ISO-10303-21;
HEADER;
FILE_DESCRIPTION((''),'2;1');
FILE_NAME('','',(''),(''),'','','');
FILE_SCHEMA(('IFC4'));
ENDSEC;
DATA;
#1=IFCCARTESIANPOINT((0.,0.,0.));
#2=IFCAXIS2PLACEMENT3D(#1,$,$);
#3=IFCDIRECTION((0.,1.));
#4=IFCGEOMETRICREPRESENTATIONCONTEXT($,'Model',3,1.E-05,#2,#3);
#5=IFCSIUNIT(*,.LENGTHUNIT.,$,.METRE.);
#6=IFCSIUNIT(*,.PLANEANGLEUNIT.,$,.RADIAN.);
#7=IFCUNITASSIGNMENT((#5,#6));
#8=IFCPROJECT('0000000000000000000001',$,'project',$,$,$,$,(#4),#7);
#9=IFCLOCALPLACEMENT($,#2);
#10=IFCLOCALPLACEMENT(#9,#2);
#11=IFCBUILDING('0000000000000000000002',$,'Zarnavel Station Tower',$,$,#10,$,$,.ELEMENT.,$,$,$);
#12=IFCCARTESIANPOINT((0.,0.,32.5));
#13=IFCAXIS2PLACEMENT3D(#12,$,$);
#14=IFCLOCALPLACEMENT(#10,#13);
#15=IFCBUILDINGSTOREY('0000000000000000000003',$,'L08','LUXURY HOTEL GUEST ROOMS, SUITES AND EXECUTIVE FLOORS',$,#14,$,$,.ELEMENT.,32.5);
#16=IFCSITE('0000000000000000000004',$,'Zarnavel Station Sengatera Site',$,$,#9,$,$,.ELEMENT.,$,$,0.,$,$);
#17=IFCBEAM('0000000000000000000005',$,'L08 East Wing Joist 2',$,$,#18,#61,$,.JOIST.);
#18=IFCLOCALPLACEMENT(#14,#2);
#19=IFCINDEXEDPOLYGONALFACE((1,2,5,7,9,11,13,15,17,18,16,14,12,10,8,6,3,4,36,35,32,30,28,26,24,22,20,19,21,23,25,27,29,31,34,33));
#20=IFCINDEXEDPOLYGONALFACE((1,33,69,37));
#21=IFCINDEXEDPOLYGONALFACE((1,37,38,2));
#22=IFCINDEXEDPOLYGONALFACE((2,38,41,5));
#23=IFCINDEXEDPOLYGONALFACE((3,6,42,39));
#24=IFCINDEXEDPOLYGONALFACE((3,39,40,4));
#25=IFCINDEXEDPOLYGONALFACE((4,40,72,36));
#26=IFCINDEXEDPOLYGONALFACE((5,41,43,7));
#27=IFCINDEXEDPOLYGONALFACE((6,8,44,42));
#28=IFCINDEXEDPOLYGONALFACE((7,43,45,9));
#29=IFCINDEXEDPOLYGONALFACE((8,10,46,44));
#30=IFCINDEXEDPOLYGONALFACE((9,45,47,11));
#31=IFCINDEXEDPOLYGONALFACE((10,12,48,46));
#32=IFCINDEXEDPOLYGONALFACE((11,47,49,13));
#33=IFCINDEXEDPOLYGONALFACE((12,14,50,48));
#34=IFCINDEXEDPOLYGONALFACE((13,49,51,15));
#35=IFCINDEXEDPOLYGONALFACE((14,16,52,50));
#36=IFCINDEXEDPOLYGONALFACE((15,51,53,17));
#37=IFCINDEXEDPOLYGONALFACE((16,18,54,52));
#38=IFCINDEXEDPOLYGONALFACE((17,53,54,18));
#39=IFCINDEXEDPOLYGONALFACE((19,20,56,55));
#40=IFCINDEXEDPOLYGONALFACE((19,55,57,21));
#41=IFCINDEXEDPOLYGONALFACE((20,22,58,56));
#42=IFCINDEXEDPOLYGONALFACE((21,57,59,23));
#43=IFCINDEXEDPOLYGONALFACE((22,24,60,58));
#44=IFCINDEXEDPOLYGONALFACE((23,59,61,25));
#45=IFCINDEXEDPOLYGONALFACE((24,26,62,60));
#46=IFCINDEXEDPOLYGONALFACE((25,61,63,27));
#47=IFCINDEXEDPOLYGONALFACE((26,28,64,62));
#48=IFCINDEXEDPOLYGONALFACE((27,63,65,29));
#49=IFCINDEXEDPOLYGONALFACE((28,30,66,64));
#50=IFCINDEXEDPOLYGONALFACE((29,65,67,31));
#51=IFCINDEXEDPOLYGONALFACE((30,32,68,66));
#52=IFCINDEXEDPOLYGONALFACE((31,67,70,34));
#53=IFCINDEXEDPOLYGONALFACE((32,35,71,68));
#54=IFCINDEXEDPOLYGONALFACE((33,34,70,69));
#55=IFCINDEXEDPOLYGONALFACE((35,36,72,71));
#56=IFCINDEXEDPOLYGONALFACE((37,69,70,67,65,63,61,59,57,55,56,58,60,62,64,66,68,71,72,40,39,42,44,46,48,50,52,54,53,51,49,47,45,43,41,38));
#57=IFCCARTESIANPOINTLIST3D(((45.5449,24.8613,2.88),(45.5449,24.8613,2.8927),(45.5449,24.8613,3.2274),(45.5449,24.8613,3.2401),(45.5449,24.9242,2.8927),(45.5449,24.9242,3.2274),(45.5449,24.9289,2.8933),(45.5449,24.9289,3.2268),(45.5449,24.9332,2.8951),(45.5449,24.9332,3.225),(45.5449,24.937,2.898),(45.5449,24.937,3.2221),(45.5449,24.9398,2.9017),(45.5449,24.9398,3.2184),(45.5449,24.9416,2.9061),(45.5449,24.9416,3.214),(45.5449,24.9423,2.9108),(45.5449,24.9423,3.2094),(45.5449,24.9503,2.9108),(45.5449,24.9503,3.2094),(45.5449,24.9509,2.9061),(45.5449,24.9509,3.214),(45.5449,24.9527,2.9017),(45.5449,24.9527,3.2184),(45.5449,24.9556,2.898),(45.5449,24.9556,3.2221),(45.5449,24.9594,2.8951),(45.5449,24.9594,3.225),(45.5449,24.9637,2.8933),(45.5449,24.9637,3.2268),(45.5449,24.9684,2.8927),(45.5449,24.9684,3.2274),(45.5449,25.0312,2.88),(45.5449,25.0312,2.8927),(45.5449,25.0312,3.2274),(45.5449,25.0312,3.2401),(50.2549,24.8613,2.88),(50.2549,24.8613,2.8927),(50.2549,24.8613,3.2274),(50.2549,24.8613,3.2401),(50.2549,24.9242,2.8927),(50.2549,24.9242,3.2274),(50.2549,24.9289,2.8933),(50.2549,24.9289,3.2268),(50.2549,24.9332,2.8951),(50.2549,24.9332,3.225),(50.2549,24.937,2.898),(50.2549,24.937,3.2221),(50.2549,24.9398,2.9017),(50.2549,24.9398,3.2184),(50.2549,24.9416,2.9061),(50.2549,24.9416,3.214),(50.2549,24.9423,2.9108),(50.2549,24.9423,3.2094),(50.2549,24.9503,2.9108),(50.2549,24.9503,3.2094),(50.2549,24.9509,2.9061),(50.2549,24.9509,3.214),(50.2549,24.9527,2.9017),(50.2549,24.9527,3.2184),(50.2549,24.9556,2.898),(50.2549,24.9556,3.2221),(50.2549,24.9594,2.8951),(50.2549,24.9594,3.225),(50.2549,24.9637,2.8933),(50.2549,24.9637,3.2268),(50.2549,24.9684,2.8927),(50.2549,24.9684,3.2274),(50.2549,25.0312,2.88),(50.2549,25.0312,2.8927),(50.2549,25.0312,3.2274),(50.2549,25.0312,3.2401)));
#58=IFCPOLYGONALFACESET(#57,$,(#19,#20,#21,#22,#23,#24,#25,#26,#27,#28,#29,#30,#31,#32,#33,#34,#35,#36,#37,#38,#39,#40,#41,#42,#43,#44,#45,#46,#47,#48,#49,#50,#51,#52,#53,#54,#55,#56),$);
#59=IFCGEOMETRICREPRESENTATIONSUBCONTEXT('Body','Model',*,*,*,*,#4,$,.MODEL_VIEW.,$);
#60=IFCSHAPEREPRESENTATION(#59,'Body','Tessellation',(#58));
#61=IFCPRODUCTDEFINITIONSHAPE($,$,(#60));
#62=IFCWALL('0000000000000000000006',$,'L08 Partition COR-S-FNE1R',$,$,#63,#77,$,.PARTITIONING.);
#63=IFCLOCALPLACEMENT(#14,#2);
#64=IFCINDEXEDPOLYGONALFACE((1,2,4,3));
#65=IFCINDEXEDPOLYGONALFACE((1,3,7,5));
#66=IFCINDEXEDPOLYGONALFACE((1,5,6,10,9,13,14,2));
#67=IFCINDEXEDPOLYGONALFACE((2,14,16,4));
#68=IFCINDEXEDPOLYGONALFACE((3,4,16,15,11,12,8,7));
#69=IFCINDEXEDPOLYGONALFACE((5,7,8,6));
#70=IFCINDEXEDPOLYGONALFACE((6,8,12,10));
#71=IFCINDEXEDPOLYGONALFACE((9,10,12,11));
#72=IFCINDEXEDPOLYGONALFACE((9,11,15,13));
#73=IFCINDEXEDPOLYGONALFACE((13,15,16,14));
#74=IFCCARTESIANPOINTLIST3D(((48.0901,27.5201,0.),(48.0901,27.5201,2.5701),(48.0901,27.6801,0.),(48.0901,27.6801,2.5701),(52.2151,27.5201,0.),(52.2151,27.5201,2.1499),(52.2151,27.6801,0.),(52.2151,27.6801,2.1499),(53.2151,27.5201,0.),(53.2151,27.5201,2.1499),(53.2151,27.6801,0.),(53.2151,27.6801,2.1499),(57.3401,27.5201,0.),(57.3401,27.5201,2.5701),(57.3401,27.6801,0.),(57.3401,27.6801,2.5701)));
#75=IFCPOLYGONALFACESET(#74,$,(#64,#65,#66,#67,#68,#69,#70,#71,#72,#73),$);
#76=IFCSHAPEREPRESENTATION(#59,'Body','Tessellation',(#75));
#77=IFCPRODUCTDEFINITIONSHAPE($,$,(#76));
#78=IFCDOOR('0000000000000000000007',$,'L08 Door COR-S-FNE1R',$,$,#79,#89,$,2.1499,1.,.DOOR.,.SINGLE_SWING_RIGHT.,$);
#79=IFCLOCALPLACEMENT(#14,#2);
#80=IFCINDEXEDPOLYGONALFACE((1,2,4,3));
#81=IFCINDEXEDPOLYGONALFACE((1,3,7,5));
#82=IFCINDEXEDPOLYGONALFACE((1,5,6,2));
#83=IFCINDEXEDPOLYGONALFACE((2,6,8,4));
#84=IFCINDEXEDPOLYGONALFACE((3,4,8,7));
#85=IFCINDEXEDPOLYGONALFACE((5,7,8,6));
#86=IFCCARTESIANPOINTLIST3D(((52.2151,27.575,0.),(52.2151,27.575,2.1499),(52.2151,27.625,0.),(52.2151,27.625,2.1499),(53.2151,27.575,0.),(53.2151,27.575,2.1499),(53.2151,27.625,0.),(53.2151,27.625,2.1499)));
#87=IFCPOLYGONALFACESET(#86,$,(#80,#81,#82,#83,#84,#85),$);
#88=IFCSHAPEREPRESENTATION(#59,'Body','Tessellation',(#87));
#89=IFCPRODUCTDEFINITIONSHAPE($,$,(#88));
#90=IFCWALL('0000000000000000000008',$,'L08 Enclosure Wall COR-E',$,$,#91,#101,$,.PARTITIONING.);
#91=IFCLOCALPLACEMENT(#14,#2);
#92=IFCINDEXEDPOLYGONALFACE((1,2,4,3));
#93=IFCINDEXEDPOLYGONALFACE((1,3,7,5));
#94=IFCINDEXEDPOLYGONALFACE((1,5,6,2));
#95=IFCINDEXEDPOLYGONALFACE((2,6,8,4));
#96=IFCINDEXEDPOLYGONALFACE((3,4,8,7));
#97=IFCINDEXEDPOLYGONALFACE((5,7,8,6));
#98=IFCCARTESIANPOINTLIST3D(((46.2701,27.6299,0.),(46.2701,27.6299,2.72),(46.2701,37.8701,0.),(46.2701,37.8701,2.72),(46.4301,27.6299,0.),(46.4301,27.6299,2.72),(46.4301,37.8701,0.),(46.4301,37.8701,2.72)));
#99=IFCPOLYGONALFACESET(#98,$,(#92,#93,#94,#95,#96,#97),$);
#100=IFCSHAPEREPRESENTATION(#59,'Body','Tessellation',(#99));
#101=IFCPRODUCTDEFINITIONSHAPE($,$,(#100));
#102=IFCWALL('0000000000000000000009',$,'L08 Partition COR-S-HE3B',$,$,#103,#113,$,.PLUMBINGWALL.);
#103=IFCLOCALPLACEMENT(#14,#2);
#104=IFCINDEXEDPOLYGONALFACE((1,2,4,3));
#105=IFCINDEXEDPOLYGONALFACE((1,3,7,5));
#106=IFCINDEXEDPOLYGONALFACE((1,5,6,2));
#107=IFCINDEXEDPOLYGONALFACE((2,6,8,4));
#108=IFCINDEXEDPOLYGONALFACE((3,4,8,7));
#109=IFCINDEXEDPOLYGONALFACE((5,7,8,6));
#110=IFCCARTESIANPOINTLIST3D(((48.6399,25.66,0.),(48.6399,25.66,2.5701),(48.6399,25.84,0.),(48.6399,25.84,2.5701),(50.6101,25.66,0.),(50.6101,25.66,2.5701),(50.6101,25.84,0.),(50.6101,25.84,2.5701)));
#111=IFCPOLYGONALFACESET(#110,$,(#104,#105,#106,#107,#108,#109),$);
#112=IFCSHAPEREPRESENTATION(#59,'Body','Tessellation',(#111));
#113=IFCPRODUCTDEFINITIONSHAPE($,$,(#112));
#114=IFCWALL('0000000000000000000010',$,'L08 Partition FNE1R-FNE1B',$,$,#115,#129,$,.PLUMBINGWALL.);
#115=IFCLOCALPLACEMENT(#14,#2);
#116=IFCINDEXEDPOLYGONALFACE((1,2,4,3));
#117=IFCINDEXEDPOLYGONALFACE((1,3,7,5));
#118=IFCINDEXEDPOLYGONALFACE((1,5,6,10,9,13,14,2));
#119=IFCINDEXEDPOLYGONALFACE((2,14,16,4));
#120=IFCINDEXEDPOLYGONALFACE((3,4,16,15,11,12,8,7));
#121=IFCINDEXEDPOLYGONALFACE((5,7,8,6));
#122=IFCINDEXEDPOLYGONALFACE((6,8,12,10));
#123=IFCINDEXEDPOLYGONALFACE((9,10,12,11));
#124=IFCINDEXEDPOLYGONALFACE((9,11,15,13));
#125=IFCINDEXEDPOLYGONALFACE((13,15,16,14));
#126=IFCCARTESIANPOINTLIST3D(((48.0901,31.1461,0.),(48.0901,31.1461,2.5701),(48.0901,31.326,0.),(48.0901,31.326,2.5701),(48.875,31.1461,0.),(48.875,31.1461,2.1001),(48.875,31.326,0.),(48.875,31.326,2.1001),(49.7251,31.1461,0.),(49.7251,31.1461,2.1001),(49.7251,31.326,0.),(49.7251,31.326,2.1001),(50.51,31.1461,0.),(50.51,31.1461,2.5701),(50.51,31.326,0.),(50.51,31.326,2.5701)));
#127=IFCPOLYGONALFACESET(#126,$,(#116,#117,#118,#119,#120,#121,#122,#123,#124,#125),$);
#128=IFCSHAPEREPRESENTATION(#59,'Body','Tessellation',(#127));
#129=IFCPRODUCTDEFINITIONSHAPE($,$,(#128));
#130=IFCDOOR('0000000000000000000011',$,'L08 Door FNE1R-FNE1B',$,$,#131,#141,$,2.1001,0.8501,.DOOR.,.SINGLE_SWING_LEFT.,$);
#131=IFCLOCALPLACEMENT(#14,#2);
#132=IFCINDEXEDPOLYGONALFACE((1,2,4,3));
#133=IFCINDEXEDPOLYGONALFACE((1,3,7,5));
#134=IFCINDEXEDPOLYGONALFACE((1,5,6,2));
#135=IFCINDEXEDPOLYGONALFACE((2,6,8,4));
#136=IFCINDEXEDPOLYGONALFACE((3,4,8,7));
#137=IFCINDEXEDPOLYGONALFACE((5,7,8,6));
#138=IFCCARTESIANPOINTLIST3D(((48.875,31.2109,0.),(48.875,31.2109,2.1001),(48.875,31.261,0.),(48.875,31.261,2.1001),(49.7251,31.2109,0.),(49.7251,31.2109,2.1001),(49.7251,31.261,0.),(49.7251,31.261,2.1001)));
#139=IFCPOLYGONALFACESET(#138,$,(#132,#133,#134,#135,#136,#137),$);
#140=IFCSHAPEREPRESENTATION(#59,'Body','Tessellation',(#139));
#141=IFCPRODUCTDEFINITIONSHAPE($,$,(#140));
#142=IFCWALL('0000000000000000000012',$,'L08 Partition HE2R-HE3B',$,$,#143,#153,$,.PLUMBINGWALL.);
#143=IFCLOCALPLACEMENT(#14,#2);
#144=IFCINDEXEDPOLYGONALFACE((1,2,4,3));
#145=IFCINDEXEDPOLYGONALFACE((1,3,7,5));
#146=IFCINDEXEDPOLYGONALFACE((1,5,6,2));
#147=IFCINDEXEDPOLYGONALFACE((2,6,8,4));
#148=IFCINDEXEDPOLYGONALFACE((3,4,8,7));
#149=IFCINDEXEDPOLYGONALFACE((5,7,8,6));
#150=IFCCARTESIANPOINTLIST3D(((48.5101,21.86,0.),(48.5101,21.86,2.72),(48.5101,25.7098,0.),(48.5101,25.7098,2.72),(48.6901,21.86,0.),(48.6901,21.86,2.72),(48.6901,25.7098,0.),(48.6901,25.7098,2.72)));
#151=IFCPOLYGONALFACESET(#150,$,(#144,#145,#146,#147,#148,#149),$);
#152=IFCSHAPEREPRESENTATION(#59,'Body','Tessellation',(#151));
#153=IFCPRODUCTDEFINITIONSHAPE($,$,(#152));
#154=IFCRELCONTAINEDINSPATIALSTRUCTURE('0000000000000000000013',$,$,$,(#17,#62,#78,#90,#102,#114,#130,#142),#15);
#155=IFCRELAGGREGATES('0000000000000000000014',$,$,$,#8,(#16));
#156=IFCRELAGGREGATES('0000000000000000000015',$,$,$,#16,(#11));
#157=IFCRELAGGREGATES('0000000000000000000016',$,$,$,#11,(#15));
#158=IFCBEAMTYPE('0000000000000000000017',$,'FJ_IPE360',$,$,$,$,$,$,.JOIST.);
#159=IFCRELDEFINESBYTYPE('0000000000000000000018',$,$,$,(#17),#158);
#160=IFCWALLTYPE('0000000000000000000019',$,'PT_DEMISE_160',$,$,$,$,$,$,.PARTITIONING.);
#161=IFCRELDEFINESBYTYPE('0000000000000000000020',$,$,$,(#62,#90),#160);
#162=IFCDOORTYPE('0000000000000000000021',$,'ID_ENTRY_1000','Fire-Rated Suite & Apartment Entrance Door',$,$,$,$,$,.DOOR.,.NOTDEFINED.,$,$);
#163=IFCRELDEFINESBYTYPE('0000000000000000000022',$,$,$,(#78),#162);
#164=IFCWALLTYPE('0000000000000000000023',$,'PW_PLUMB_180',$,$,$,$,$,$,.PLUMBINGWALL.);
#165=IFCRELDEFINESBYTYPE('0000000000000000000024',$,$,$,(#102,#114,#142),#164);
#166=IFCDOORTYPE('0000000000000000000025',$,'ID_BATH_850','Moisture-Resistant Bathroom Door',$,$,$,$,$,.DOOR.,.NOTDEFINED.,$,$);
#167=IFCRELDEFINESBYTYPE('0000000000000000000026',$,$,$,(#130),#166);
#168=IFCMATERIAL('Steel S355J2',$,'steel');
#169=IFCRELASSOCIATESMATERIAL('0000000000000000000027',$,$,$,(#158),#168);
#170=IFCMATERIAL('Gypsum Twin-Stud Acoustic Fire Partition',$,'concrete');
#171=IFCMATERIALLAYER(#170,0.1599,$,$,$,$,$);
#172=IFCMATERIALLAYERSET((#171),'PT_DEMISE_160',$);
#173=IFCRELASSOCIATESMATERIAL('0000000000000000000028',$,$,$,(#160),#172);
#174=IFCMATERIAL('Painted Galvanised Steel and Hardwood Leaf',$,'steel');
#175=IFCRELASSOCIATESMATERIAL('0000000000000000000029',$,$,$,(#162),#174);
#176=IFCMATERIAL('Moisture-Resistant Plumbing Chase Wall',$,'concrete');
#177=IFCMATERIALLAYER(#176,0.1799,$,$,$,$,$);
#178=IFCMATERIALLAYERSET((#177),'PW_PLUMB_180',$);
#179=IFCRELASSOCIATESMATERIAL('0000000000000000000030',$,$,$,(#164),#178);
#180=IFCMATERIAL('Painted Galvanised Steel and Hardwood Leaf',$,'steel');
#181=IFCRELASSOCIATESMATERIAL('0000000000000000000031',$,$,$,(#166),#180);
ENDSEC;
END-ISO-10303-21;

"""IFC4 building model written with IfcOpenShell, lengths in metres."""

from ifc_helpers import new_model, si_unit, direction, frame, frame_2d, origin, origin_2d, place, context, subcontext, project, spatial, rectangle, i_section, extrude, material, layer, layer_set, material_profile, profile_set, type_object, element, fill, save


model = new_model("IFC4")

# Units and contexts
model_context = context("Model", 3, precision=1e-05, world=origin(), true_north=direction((0.0, 1.0)))
body_context = subcontext(model_context, "Body", "Model", "MODEL_VIEW")
ifc_project = project(units=[si_unit("LENGTHUNIT", "METRE"), si_unit("PLANEANGLEUNIT", "RADIAN")], contexts=[model_context])

# Site, building, storey
site_placement = place(None, origin())
site = spatial("IfcSite", under=ifc_project, at=site_placement, Name="Zarnavel Station Sengatera Site", CompositionType="ELEMENT", RefElevation=0.0)
building_placement = place(site_placement, origin())
building = spatial("IfcBuilding", under=site, at=building_placement, Name="Zarnavel Station Tower", CompositionType="ELEMENT")
storey_placement = place(building_placement, frame((0.0, 0.0, 32.5)))
storey = spatial("IfcBuildingStorey", under=building, at=storey_placement, Name="L08", Description="LUXURY HOTEL GUEST ROOMS, SUITES AND EXECUTIVE FLOORS", CompositionType="ELEMENT", Elevation=32.5)

# Beam
ifc_material_1 = material(Name="Steel S355J2", Category="steel")
ifc_material_profile_1 = material_profile(ifc_material_1, i_section(OverallWidth=0.1699, OverallDepth=0.3601, WebThickness=0.0081, FlangeThickness=0.0127, FilletRadius=0.0181, at=origin_2d()), Name="IPE360")
ifc_profile_set_1 = profile_set([ifc_material_profile_1], Name="Steel S355J2")
beam_type_1 = type_object("IfcBeamType", Name="FJ_IPE360", PredefinedType="JOIST", material=ifc_profile_set_1)
beam_1_placement = place(storey_placement, frame((45.5449, 24.9463, 3.0601), z_axis=(1.0, 0.0, 0.0), x_axis=(0.0, 1.0, 0.0)))
element("IfcBeam", 1, at=beam_1_placement, inside=storey, type_object=beam_type_1, Name="L08 East Wing Joist 2", PredefinedType="JOIST", context=body_context, shape_type="SweptSolid", body=[
    extrude(i_section(OverallWidth=0.1699, OverallDepth=0.3601, WebThickness=0.0081, FlangeThickness=0.0127, FilletRadius=0.0181, at=origin_2d()), origin(), (0.0, 0.0, 1.0), 4.71),
])

# Wall, opening, door
ifc_material_2 = material(Name="Gypsum Twin-Stud Acoustic Fire Partition", Category="concrete")
ifc_layer_1 = layer(ifc_material_2, 0.1599)
ifc_layer_set_1 = layer_set([ifc_layer_1], Name="PT_DEMISE_160")
wall_type_1 = type_object("IfcWallType", Name="PT_DEMISE_160", PredefinedType="PARTITIONING", material=ifc_layer_set_1)
wall_1_placement = place(storey_placement, frame((48.0901, 27.6001, 0.0), z_axis=(0.0, 0.0, 1.0), x_axis=(1.0, 0.0, 0.0)))
wall_1 = element("IfcWall", 2, at=wall_1_placement, inside=storey, type_object=wall_type_1, Name="L08 Partition COR-S-FNE1R", PredefinedType="PARTITIONING", context=body_context, shape_type="SweptSolid", body=[
    extrude(rectangle(XDim=9.25, YDim=0.1599, at=frame_2d((4.625, 0.0))), origin(), (0.0, 0.0, 1.0), 2.5701),
])
opening_1_placement = place(wall_1_placement, frame((4.125, 0.0, 0.0)))
opening_1 = element("IfcOpeningElement", 3, at=opening_1_placement, cuts=wall_1, PredefinedType="OPENING", context=body_context, shape_type="SweptSolid", body=[
    extrude(rectangle(XDim=1.0, YDim=2.1499, at=frame_2d((0.5, 1.075))), frame((0.0, 0.0898, 0.0), z_axis=(0.0, -1.0, 0.0), x_axis=(1.0, 0.0, 0.0)), (0.0, 0.0, 1.0), 0.1799),
])
ifc_material_3 = material(Name="Painted Galvanised Steel and Hardwood Leaf", Category="steel")
door_type_1 = type_object("IfcDoorType", Name="ID_ENTRY_1000", Description="Fire-Rated Suite & Apartment Entrance Door", OperationType="NOTDEFINED", PredefinedType="DOOR", material=ifc_material_3)
door_1_placement = place(opening_1_placement, origin())
door_1 = element("IfcDoor", 4, at=door_1_placement, inside=storey, type_object=door_type_1, Name="L08 Door COR-S-FNE1R", OperationType="SINGLE_SWING_RIGHT", OverallHeight=2.1499, OverallWidth=1.0, PredefinedType="DOOR", context=body_context, shape_type="SweptSolid", body=[
    extrude(rectangle(XDim=1.0, YDim=2.1499, at=frame_2d((0.5, 1.075))), frame((0.0, 0.0249, 0.0), z_axis=(0.0, -1.0, 0.0), x_axis=(1.0, 0.0, 0.0)), (0.0, 0.0, 1.0), 0.05),
])
fill(opening_1, door_1)

# Walls
wall_2_placement = place(storey_placement, frame((46.3501, 27.6299, 0.0), z_axis=(0.0, 0.0, 1.0), x_axis=(0.0, 1.0, 0.0)))
element("IfcWall", 5, at=wall_2_placement, inside=storey, type_object=wall_type_1, Name="L08 Enclosure Wall COR-E", PredefinedType="PARTITIONING", context=body_context, shape_type="SweptSolid", body=[
    extrude(rectangle(XDim=10.2402, YDim=0.1599, at=frame_2d((5.1201, 0.0))), origin(), (0.0, 0.0, 1.0), 2.72),
])
ifc_material_4 = material(Name="Moisture-Resistant Plumbing Chase Wall", Category="concrete")
ifc_layer_2 = layer(ifc_material_4, 0.1799)
ifc_layer_set_2 = layer_set([ifc_layer_2], Name="PW_PLUMB_180")
wall_type_2 = type_object("IfcWallType", Name="PW_PLUMB_180", PredefinedType="PLUMBINGWALL", material=ifc_layer_set_2)
wall_3_placement = place(storey_placement, frame((48.6399, 25.75, 0.0), z_axis=(0.0, 0.0, 1.0), x_axis=(1.0, 0.0, 0.0)))
element("IfcWall", 6, at=wall_3_placement, inside=storey, type_object=wall_type_2, Name="L08 Partition COR-S-HE3B", PredefinedType="PLUMBINGWALL", context=body_context, shape_type="SweptSolid", body=[
    extrude(rectangle(XDim=1.9702, YDim=0.1799, at=frame_2d((0.9851, 0.0))), origin(), (0.0, 0.0, 1.0), 2.5701),
])

# Wall, opening, door
wall_4_placement = place(storey_placement, frame((48.0901, 31.2361, 0.0), z_axis=(0.0, 0.0, 1.0), x_axis=(1.0, 0.0, 0.0)))
wall_4 = element("IfcWall", 7, at=wall_4_placement, inside=storey, type_object=wall_type_2, Name="L08 Partition FNE1R-FNE1B", PredefinedType="PLUMBINGWALL", context=body_context, shape_type="SweptSolid", body=[
    extrude(rectangle(XDim=2.4199, YDim=0.1799, at=frame_2d((1.21, 0.0))), origin(), (0.0, 0.0, 1.0), 2.5701),
])
opening_2_placement = place(wall_4_placement, frame((0.7849, 0.0, 0.0)))
opening_2 = element("IfcOpeningElement", 8, at=opening_2_placement, cuts=wall_4, PredefinedType="OPENING", context=body_context, shape_type="SweptSolid", body=[
    extrude(rectangle(XDim=0.8501, YDim=2.1001, at=frame_2d((0.425, 1.05))), frame((0.0, 0.0999, 0.0), z_axis=(0.0, -1.0, 0.0), x_axis=(1.0, 0.0, 0.0)), (0.0, 0.0, 1.0), 0.2),
])
ifc_material_5 = material(Name="Painted Galvanised Steel and Hardwood Leaf", Category="steel")
door_type_2 = type_object("IfcDoorType", Name="ID_BATH_850", Description="Moisture-Resistant Bathroom Door", OperationType="NOTDEFINED", PredefinedType="DOOR", material=ifc_material_5)
door_2_placement = place(opening_2_placement, origin())
door_2 = element("IfcDoor", 9, at=door_2_placement, inside=storey, type_object=door_type_2, Name="L08 Door FNE1R-FNE1B", OperationType="SINGLE_SWING_LEFT", OverallHeight=2.1001, OverallWidth=0.8501, PredefinedType="DOOR", context=body_context, shape_type="SweptSolid", body=[
    extrude(rectangle(XDim=0.8501, YDim=2.1001, at=frame_2d((0.425, 1.05))), frame((0.0, 0.0249, 0.0), z_axis=(0.0, -1.0, 0.0), x_axis=(1.0, 0.0, 0.0)), (0.0, 0.0, 1.0), 0.05),
])
fill(opening_2, door_2)

# Wall
wall_5_placement = place(storey_placement, frame((48.6001, 21.8601, 0.0), z_axis=(0.0, 0.0, 1.0), x_axis=(0.0, 1.0, 0.0)))
element("IfcWall", 10, at=wall_5_placement, inside=storey, type_object=wall_type_2, Name="L08 Partition HE2R-HE3B", PredefinedType="PLUMBINGWALL", context=body_context, shape_type="SweptSolid", body=[
    extrude(rectangle(XDim=3.8499, YDim=0.1799, at=frame_2d((1.9248, 0.0))), origin(), (0.0, 0.0, 1.0), 2.72),
])

save(model, "model.ifc")
